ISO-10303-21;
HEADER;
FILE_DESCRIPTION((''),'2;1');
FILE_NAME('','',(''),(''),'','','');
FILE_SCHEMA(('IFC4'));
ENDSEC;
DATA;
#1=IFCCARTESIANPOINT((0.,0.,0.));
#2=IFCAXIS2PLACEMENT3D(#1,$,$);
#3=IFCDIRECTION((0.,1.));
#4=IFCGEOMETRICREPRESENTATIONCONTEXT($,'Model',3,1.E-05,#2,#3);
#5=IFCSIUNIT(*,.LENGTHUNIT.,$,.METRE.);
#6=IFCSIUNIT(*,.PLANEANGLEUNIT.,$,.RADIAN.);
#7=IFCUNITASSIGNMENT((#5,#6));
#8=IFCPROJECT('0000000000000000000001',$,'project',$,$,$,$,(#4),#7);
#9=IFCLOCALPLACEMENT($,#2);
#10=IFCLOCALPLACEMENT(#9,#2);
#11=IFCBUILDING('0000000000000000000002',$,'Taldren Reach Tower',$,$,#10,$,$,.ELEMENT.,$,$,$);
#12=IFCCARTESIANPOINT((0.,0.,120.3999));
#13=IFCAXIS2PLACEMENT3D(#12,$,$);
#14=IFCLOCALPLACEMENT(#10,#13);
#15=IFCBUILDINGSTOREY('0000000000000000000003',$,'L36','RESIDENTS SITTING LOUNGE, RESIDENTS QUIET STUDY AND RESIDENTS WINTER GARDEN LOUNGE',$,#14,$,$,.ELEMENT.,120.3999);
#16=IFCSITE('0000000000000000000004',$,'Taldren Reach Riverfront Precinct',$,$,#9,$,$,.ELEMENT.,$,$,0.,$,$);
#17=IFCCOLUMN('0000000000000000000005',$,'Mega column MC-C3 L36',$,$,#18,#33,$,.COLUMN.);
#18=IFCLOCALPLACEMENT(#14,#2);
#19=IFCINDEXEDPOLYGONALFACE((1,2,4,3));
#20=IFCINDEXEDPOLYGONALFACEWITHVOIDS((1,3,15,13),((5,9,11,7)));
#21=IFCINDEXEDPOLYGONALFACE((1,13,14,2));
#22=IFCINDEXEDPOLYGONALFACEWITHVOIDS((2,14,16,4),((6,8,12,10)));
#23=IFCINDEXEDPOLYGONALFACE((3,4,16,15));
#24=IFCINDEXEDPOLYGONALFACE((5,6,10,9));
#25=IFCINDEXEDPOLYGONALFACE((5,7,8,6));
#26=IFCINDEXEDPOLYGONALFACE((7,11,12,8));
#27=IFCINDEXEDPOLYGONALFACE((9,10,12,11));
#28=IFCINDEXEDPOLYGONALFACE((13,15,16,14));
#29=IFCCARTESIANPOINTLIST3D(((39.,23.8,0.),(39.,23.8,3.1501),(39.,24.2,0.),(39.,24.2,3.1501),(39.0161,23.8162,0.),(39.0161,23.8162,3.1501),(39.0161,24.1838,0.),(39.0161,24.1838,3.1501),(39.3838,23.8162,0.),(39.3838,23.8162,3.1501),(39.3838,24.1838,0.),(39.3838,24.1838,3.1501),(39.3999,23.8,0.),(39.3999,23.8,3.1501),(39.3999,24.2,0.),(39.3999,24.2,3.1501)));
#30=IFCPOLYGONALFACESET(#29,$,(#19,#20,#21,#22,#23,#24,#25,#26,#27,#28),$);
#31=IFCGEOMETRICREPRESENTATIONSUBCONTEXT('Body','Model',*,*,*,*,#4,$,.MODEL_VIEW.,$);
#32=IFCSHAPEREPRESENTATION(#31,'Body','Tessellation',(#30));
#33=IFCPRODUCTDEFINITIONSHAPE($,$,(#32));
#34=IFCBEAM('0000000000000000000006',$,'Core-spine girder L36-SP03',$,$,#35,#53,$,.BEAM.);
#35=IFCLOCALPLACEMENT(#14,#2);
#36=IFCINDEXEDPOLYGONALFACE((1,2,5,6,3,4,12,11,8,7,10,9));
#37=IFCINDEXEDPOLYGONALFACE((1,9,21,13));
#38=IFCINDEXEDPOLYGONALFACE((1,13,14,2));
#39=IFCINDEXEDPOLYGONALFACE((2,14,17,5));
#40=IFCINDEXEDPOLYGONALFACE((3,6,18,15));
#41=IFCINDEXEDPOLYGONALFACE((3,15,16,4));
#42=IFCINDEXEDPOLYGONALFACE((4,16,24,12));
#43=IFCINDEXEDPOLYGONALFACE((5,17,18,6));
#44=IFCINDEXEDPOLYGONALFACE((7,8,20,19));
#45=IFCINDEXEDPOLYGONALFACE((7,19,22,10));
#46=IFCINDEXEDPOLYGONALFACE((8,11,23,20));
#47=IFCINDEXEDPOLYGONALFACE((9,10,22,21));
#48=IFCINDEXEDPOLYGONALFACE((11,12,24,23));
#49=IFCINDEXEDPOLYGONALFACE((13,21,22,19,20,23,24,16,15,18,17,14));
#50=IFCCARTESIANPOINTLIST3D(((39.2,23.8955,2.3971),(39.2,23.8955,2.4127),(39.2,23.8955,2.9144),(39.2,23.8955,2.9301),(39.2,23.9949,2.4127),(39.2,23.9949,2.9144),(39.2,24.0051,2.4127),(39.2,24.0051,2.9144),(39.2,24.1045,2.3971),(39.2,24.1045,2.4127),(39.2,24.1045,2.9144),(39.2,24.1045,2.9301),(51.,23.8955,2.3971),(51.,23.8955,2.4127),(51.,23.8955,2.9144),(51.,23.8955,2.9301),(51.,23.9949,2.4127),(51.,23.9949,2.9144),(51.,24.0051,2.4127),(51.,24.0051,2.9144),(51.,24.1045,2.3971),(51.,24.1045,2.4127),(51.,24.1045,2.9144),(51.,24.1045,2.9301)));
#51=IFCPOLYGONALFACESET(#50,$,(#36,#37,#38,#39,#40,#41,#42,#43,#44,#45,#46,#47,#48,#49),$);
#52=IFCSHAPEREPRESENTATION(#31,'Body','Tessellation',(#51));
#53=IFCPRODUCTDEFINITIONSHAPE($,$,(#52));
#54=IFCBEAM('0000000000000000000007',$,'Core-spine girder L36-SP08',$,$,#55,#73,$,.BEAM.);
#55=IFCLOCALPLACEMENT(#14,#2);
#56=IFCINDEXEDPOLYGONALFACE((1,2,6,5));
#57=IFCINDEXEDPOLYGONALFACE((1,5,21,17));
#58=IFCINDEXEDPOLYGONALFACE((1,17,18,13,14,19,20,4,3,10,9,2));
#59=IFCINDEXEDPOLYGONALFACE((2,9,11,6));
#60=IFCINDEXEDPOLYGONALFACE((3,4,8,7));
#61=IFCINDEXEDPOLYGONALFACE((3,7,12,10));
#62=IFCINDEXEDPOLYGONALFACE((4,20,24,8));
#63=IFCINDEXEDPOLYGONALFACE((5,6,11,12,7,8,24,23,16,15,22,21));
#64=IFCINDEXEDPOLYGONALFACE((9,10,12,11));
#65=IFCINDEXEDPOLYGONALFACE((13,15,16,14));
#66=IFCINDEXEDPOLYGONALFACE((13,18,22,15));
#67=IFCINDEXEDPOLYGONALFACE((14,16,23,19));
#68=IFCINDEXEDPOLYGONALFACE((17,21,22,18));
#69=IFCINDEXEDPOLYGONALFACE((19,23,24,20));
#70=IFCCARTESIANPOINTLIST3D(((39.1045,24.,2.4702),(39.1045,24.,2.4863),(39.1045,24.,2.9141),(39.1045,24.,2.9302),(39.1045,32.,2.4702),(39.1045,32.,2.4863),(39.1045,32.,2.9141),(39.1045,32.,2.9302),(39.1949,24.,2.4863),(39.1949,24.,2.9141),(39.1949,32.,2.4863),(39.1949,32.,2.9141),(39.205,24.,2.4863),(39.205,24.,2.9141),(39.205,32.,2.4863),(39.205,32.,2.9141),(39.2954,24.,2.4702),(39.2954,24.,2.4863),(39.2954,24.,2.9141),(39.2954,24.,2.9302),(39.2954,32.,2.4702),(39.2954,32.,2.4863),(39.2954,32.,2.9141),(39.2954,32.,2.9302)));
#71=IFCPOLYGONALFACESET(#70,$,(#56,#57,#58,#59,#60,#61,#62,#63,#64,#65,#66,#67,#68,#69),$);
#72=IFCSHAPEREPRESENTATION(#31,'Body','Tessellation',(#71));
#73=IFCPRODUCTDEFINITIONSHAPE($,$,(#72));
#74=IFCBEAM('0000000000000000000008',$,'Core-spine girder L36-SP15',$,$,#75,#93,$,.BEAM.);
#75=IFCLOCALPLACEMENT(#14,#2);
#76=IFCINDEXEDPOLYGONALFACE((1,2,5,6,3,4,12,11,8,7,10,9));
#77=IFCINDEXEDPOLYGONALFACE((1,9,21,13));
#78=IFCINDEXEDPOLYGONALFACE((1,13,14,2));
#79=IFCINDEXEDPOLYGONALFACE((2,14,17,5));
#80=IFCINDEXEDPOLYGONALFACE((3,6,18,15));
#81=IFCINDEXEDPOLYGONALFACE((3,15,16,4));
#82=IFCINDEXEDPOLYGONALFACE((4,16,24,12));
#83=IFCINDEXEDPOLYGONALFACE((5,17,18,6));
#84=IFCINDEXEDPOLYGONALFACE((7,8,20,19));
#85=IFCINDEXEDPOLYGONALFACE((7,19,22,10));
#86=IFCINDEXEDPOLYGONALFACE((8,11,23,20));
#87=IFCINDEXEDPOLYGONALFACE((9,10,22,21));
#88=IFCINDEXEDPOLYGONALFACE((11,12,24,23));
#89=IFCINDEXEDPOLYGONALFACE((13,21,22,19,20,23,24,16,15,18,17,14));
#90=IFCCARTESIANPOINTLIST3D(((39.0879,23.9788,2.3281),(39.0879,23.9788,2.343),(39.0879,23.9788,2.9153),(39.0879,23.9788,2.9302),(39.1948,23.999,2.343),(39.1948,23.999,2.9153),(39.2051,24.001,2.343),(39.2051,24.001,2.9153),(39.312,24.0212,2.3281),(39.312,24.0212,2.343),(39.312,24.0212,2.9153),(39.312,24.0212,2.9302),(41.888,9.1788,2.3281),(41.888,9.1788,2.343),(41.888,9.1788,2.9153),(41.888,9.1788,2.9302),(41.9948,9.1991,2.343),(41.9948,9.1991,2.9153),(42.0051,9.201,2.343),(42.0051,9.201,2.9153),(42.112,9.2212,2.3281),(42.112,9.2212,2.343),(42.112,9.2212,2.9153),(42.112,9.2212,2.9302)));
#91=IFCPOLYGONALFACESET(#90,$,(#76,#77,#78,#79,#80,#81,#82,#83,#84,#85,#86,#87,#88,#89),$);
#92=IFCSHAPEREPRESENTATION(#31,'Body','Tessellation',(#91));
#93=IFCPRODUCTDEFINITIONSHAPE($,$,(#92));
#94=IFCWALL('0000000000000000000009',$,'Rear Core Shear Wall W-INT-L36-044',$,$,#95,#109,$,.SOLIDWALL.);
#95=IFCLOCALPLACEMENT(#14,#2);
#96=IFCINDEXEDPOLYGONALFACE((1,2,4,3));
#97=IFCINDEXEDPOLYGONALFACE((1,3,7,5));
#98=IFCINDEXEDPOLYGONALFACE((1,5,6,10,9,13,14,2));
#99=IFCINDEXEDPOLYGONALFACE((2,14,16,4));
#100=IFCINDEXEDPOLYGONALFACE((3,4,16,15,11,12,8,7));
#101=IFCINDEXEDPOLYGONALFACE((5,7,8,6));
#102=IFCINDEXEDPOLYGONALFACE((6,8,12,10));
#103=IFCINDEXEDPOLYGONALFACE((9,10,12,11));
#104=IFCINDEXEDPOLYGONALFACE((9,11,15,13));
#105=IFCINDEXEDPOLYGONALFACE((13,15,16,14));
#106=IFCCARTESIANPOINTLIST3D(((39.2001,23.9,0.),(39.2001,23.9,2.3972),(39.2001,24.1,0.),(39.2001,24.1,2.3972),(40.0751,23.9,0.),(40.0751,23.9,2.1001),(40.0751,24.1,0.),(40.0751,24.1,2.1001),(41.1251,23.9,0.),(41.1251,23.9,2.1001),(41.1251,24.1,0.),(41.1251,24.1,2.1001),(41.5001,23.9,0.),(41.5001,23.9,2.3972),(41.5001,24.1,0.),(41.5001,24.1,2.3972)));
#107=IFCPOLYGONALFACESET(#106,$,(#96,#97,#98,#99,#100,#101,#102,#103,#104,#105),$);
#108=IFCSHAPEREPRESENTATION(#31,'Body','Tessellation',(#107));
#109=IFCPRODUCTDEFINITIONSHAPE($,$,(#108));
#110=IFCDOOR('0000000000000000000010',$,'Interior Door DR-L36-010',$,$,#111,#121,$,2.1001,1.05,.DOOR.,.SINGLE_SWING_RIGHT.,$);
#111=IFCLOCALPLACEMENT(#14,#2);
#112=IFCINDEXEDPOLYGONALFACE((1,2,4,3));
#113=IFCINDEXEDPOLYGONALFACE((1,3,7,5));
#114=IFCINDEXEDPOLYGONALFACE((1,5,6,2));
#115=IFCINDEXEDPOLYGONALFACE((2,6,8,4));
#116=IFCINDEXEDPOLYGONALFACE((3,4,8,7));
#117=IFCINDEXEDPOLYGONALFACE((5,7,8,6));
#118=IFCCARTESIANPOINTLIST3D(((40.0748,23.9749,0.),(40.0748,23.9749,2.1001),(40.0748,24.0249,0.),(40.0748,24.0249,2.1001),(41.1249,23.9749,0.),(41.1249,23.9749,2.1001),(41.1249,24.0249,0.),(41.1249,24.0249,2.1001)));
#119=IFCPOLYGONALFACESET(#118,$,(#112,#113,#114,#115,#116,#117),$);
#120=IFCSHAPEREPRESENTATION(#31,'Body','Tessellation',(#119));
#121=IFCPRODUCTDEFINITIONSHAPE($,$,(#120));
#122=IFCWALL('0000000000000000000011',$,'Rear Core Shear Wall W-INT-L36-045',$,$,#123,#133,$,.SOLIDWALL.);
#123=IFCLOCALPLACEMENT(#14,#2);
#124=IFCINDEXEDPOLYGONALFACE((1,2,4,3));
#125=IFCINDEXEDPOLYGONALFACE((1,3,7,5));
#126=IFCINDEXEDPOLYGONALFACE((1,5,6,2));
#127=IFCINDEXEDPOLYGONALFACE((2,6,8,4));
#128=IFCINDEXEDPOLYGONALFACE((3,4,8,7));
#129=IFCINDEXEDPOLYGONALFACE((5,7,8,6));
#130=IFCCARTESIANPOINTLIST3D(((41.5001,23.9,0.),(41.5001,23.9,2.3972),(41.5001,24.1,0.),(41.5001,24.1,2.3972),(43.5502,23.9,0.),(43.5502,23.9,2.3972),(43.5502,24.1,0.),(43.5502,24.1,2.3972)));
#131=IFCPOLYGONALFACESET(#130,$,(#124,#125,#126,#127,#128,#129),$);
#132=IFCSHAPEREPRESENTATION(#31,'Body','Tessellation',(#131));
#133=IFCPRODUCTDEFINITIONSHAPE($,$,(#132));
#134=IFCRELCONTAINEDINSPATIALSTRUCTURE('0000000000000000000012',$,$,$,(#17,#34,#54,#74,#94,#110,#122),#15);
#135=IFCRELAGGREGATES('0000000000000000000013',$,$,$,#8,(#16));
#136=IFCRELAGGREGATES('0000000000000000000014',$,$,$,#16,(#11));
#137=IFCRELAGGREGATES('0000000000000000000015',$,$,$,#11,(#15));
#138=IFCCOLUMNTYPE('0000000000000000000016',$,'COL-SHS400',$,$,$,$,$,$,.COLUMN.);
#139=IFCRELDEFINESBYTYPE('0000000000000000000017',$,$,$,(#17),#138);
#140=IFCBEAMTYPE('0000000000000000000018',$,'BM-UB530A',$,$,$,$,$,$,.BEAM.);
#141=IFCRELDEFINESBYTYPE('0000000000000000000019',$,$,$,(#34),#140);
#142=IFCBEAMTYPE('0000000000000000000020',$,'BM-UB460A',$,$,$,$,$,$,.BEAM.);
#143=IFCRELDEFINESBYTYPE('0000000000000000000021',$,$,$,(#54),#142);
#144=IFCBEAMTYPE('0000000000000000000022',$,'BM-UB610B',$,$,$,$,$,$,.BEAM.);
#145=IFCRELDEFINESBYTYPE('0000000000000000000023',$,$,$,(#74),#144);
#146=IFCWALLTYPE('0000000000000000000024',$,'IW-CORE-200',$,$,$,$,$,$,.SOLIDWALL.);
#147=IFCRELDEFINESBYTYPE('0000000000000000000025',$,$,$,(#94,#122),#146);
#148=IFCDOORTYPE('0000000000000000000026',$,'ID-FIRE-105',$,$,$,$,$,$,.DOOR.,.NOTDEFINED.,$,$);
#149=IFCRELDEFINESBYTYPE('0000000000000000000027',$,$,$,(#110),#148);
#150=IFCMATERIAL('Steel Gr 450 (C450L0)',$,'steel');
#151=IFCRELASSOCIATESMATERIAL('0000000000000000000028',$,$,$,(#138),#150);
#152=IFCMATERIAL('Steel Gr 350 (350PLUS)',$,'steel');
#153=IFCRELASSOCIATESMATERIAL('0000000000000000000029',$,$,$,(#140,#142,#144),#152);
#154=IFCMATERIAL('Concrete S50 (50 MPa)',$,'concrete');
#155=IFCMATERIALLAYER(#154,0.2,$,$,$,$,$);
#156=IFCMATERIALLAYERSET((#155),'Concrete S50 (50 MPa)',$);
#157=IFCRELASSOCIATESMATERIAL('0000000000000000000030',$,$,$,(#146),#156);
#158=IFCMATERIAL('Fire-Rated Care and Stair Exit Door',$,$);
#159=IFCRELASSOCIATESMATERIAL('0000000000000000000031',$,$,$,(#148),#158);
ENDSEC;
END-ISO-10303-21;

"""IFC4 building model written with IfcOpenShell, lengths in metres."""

from ifc_helpers import new_model, si_unit, direction, frame, frame_2d, origin, origin_2d, place, context, subcontext, project, spatial, rectangle, hollow_rectangle, i_section, extrude, source, transform, mapped, material, layer, layer_set, material_profile, profile_set, type_object, element, fill, save


model = new_model("IFC4")

# Units and contexts
model_context = context("Model", 3, precision=1e-05, world=origin(), true_north=direction((0.0, 1.0)))
body_context = subcontext(model_context, "Body", "Model", "MODEL_VIEW")
ifc_project = project(units=[si_unit("LENGTHUNIT", "METRE"), si_unit("PLANEANGLEUNIT", "RADIAN")], contexts=[model_context])

# Site, building, storey
site_placement = place(None, origin())
site = spatial("IfcSite", under=ifc_project, at=site_placement, Name="Taldren Reach Riverfront Precinct", CompositionType="ELEMENT", RefElevation=0.0)
building_placement = place(site_placement, origin())
building = spatial("IfcBuilding", under=site, at=building_placement, Name="Taldren Reach Tower", CompositionType="ELEMENT")
storey_placement = place(building_placement, frame((0.0, 0.0, 120.3999)))
storey = spatial("IfcBuildingStorey", under=building, at=storey_placement, Name="L36", Description="RESIDENTS SITTING LOUNGE, RESIDENTS QUIET STUDY AND RESIDENTS WINTER GARDEN LOUNGE", CompositionType="ELEMENT", Elevation=120.3999)

# Column
ifc_material_1 = material(Name="Steel Gr 450 (C450L0)", Category="steel")
ifc_material_profile_1 = material_profile(ifc_material_1, hollow_rectangle(XDim=0.3999, YDim=0.3999, WallThickness=0.0161, at=origin_2d()), Name="400x400x16.0SHS")
ifc_profile_set_1 = profile_set([ifc_material_profile_1], Name="Steel Gr 450 (C450L0)")
column_type = type_object("IfcColumnType", Name="COL-SHS400", PredefinedType="COLUMN", material=ifc_profile_set_1)
shared_shape_1 = source(origin(), body_context, "Body", "SweptSolid", [
    extrude(hollow_rectangle(XDim=0.3999, YDim=0.3999, WallThickness=0.0161, at=origin_2d()), origin(), (0.0, 0.0, 1.0), 3.1501),
])
column_placement = place(storey_placement, frame((39.2, 24.0, 0.0), z_axis=(0.0, 0.0, 1.0), x_axis=(1.0, 0.0, 0.0)))
element("IfcColumn", 1, at=column_placement, inside=storey, type_object=column_type, Name="Mega column MC-C3 L36", PredefinedType="COLUMN", context=body_context, shape_type="MappedRepresentation", body=[
    mapped(shared_shape_1, transform((0.0, 0.0, 0.0), scale=1.0)),
])

# Beams
ifc_material_2 = material(Name="Steel Gr 350 (350PLUS)", Category="steel")
ifc_material_profile_2 = material_profile(ifc_material_2, i_section(OverallWidth=0.209, OverallDepth=0.533, WebThickness=0.0103, FlangeThickness=0.0156, at=origin_2d()), Name="530UB92.4")
ifc_profile_set_2 = profile_set([ifc_material_profile_2], Name="Steel Gr 350 (350PLUS)")
beam_type_1 = type_object("IfcBeamType", Name="BM-UB530A", PredefinedType="BEAM", material=ifc_profile_set_2)
shared_shape_2 = source(origin(), body_context, "Body", "SweptSolid", [
    extrude(i_section(OverallWidth=0.209, OverallDepth=0.533, WebThickness=0.0103, FlangeThickness=0.0156, at=origin_2d()), origin(), (0.0, 0.0, 1.0), 11.8),
])
beam_1_placement = place(storey_placement, frame((39.2, 24.0, 2.6636), z_axis=(1.0, 0.0, 0.0), x_axis=(0.0, 1.0, 0.0)))
element("IfcBeam", 2, at=beam_1_placement, inside=storey, type_object=beam_type_1, Name="Core-spine girder L36-SP03", PredefinedType="BEAM", context=body_context, shape_type="MappedRepresentation", body=[
    mapped(shared_shape_2, transform((0.0, 0.0, 0.0), scale=1.0)),
])
ifc_material_profile_3 = material_profile(ifc_material_2, i_section(OverallWidth=0.1909, OverallDepth=0.46, WebThickness=0.01, FlangeThickness=0.0161, at=origin_2d()), Name="460UB82.1")
ifc_profile_set_3 = profile_set([ifc_material_profile_3], Name="Steel Gr 350 (350PLUS)")
beam_type_2 = type_object("IfcBeamType", Name="BM-UB460A", PredefinedType="BEAM", material=ifc_profile_set_3)
shared_shape_3 = source(origin(), body_context, "Body", "SweptSolid", [
    extrude(i_section(OverallWidth=0.1909, OverallDepth=0.46, WebThickness=0.01, FlangeThickness=0.0161, at=origin_2d()), origin(), (0.0, 0.0, 1.0), 8.0),
])
beam_2_placement = place(storey_placement, frame((39.2, 24.0, 2.7002), z_axis=(0.0, 1.0, 0.0), x_axis=(-1.0, 0.0, 0.0)))
element("IfcBeam", 3, at=beam_2_placement, inside=storey, type_object=beam_type_2, Name="Core-spine girder L36-SP08", PredefinedType="BEAM", context=body_context, shape_type="MappedRepresentation", body=[
    mapped(shared_shape_3, transform((0.0, 0.0, 0.0), scale=1.0)),
])
ifc_material_profile_4 = material_profile(ifc_material_2, i_section(OverallWidth=0.228, OverallDepth=0.6021, WebThickness=0.0105, FlangeThickness=0.0149, at=origin_2d()), Name="610UB101")
ifc_profile_set_4 = profile_set([ifc_material_profile_4], Name="Steel Gr 350 (350PLUS)")
beam_type_3 = type_object("IfcBeamType", Name="BM-UB610B", PredefinedType="BEAM", material=ifc_profile_set_4)
shared_shape_4 = source(origin(), body_context, "Body", "SweptSolid", [
    extrude(i_section(OverallWidth=0.228, OverallDepth=0.6021, WebThickness=0.0105, FlangeThickness=0.0149, at=origin_2d()), origin(), (0.0, 0.0, 1.0), 15.0625),
])
beam_3_placement = place(storey_placement, frame((39.2, 24.0, 2.6292), z_axis=(0.185894, -0.98257, 0.0), x_axis=(0.98257, 0.185894, 0.0)))
element("IfcBeam", 4, at=beam_3_placement, inside=storey, type_object=beam_type_3, Name="Core-spine girder L36-SP15", PredefinedType="BEAM", context=body_context, shape_type="MappedRepresentation", body=[
    mapped(shared_shape_4, transform((0.0, 0.0, 0.0), scale=1.0)),
])

# Wall, opening, door
ifc_material_3 = material(Name="Concrete S50 (50 MPa)", Category="concrete")
ifc_layer_1 = layer(ifc_material_3, 0.2)
ifc_layer_set_1 = layer_set([ifc_layer_1], Name="Concrete S50 (50 MPa)")
wall_type_1 = type_object("IfcWallType", Name="IW-CORE-200", PredefinedType="SOLIDWALL", material=ifc_layer_set_1)
shared_shape_5 = source(origin(), body_context, "Body", "SweptSolid", [
    extrude(rectangle(XDim=2.3, YDim=0.2, at=frame_2d((1.1499, 0.0))), origin(), (0.0, 0.0, 1.0), 2.3972),
])
wall_1_placement = place(storey_placement, frame((41.5, 24.0, 0.0), z_axis=(0.0, 0.0, 1.0), x_axis=(-1.0, 0.0, 0.0)))
wall_1 = element("IfcWall", 5, at=wall_1_placement, inside=storey, type_object=wall_type_1, Name="Rear Core Shear Wall W-INT-L36-044", PredefinedType="SOLIDWALL", context=body_context, shape_type="MappedRepresentation", body=[
    mapped(shared_shape_5, transform((0.0, 0.0, 0.0), scale=1.0)),
])
shared_shape_6 = source(origin(), body_context, "Body", "SweptSolid", [
    extrude(rectangle(XDim=1.05, YDim=2.1001, at=frame_2d((0.5249, 1.05))), frame((0.0, 0.1099, 0.0), z_axis=(0.0, -1.0, 0.0), x_axis=(1.0, 0.0, 0.0)), (0.0, 0.0, 1.0), 0.22),
])
opening_1_placement = place(wall_1_placement, frame((0.375, 0.0, 0.0)))
opening_1 = element("IfcOpeningElement", 6, at=opening_1_placement, cuts=wall_1, PredefinedType="OPENING", context=body_context, shape_type="MappedRepresentation", body=[
    mapped(shared_shape_6, transform((0.0, 0.0, 0.0), scale=1.0)),
])
ifc_material_4 = material(Name="Fire-Rated Care and Stair Exit Door")
door_type_1 = type_object("IfcDoorType", Name="ID-FIRE-105", OperationType="NOTDEFINED", PredefinedType="DOOR", material=ifc_material_4)
shared_shape_7 = source(origin(), body_context, "Body", "SweptSolid", [
    extrude(rectangle(XDim=1.05, YDim=2.1001, at=frame_2d((0.5249, 1.05))), frame((0.0, 0.0249, 0.0), z_axis=(0.0, -1.0, 0.0), x_axis=(1.0, 0.0, 0.0)), (0.0, 0.0, 1.0), 0.05),
])
door_1_placement = place(opening_1_placement, frame((1.05, 0.0, 0.0), z_axis=(0.0, 0.0, 1.0), x_axis=(-1.0, 0.0, 0.0)))
door_1 = element("IfcDoor", 7, at=door_1_placement, inside=storey, type_object=door_type_1, Name="Interior Door DR-L36-010", OperationType="SINGLE_SWING_RIGHT", OverallHeight=2.1001, OverallWidth=1.05, PredefinedType="DOOR", context=body_context, shape_type="MappedRepresentation", body=[
    mapped(shared_shape_7, transform((0.0, 0.0, 0.0), scale=1.0)),
])
fill(opening_1, door_1)

# Wall
shared_shape_8 = source(origin(), body_context, "Body", "SweptSolid", [
    extrude(rectangle(XDim=2.05, YDim=0.2, at=frame_2d((1.0249, 0.0))), origin(), (0.0, 0.0, 1.0), 2.3972),
])
wall_2_placement = place(storey_placement, frame((43.55, 24.0, 0.0), z_axis=(0.0, 0.0, 1.0), x_axis=(-1.0, 0.0, 0.0)))
element("IfcWall", 8, at=wall_2_placement, inside=storey, type_object=wall_type_1, Name="Rear Core Shear Wall W-INT-L36-045", PredefinedType="SOLIDWALL", context=body_context, shape_type="MappedRepresentation", body=[
    mapped(shared_shape_8, transform((0.0, 0.0, 0.0), scale=1.0)),
])

save(model, "model.ifc")
